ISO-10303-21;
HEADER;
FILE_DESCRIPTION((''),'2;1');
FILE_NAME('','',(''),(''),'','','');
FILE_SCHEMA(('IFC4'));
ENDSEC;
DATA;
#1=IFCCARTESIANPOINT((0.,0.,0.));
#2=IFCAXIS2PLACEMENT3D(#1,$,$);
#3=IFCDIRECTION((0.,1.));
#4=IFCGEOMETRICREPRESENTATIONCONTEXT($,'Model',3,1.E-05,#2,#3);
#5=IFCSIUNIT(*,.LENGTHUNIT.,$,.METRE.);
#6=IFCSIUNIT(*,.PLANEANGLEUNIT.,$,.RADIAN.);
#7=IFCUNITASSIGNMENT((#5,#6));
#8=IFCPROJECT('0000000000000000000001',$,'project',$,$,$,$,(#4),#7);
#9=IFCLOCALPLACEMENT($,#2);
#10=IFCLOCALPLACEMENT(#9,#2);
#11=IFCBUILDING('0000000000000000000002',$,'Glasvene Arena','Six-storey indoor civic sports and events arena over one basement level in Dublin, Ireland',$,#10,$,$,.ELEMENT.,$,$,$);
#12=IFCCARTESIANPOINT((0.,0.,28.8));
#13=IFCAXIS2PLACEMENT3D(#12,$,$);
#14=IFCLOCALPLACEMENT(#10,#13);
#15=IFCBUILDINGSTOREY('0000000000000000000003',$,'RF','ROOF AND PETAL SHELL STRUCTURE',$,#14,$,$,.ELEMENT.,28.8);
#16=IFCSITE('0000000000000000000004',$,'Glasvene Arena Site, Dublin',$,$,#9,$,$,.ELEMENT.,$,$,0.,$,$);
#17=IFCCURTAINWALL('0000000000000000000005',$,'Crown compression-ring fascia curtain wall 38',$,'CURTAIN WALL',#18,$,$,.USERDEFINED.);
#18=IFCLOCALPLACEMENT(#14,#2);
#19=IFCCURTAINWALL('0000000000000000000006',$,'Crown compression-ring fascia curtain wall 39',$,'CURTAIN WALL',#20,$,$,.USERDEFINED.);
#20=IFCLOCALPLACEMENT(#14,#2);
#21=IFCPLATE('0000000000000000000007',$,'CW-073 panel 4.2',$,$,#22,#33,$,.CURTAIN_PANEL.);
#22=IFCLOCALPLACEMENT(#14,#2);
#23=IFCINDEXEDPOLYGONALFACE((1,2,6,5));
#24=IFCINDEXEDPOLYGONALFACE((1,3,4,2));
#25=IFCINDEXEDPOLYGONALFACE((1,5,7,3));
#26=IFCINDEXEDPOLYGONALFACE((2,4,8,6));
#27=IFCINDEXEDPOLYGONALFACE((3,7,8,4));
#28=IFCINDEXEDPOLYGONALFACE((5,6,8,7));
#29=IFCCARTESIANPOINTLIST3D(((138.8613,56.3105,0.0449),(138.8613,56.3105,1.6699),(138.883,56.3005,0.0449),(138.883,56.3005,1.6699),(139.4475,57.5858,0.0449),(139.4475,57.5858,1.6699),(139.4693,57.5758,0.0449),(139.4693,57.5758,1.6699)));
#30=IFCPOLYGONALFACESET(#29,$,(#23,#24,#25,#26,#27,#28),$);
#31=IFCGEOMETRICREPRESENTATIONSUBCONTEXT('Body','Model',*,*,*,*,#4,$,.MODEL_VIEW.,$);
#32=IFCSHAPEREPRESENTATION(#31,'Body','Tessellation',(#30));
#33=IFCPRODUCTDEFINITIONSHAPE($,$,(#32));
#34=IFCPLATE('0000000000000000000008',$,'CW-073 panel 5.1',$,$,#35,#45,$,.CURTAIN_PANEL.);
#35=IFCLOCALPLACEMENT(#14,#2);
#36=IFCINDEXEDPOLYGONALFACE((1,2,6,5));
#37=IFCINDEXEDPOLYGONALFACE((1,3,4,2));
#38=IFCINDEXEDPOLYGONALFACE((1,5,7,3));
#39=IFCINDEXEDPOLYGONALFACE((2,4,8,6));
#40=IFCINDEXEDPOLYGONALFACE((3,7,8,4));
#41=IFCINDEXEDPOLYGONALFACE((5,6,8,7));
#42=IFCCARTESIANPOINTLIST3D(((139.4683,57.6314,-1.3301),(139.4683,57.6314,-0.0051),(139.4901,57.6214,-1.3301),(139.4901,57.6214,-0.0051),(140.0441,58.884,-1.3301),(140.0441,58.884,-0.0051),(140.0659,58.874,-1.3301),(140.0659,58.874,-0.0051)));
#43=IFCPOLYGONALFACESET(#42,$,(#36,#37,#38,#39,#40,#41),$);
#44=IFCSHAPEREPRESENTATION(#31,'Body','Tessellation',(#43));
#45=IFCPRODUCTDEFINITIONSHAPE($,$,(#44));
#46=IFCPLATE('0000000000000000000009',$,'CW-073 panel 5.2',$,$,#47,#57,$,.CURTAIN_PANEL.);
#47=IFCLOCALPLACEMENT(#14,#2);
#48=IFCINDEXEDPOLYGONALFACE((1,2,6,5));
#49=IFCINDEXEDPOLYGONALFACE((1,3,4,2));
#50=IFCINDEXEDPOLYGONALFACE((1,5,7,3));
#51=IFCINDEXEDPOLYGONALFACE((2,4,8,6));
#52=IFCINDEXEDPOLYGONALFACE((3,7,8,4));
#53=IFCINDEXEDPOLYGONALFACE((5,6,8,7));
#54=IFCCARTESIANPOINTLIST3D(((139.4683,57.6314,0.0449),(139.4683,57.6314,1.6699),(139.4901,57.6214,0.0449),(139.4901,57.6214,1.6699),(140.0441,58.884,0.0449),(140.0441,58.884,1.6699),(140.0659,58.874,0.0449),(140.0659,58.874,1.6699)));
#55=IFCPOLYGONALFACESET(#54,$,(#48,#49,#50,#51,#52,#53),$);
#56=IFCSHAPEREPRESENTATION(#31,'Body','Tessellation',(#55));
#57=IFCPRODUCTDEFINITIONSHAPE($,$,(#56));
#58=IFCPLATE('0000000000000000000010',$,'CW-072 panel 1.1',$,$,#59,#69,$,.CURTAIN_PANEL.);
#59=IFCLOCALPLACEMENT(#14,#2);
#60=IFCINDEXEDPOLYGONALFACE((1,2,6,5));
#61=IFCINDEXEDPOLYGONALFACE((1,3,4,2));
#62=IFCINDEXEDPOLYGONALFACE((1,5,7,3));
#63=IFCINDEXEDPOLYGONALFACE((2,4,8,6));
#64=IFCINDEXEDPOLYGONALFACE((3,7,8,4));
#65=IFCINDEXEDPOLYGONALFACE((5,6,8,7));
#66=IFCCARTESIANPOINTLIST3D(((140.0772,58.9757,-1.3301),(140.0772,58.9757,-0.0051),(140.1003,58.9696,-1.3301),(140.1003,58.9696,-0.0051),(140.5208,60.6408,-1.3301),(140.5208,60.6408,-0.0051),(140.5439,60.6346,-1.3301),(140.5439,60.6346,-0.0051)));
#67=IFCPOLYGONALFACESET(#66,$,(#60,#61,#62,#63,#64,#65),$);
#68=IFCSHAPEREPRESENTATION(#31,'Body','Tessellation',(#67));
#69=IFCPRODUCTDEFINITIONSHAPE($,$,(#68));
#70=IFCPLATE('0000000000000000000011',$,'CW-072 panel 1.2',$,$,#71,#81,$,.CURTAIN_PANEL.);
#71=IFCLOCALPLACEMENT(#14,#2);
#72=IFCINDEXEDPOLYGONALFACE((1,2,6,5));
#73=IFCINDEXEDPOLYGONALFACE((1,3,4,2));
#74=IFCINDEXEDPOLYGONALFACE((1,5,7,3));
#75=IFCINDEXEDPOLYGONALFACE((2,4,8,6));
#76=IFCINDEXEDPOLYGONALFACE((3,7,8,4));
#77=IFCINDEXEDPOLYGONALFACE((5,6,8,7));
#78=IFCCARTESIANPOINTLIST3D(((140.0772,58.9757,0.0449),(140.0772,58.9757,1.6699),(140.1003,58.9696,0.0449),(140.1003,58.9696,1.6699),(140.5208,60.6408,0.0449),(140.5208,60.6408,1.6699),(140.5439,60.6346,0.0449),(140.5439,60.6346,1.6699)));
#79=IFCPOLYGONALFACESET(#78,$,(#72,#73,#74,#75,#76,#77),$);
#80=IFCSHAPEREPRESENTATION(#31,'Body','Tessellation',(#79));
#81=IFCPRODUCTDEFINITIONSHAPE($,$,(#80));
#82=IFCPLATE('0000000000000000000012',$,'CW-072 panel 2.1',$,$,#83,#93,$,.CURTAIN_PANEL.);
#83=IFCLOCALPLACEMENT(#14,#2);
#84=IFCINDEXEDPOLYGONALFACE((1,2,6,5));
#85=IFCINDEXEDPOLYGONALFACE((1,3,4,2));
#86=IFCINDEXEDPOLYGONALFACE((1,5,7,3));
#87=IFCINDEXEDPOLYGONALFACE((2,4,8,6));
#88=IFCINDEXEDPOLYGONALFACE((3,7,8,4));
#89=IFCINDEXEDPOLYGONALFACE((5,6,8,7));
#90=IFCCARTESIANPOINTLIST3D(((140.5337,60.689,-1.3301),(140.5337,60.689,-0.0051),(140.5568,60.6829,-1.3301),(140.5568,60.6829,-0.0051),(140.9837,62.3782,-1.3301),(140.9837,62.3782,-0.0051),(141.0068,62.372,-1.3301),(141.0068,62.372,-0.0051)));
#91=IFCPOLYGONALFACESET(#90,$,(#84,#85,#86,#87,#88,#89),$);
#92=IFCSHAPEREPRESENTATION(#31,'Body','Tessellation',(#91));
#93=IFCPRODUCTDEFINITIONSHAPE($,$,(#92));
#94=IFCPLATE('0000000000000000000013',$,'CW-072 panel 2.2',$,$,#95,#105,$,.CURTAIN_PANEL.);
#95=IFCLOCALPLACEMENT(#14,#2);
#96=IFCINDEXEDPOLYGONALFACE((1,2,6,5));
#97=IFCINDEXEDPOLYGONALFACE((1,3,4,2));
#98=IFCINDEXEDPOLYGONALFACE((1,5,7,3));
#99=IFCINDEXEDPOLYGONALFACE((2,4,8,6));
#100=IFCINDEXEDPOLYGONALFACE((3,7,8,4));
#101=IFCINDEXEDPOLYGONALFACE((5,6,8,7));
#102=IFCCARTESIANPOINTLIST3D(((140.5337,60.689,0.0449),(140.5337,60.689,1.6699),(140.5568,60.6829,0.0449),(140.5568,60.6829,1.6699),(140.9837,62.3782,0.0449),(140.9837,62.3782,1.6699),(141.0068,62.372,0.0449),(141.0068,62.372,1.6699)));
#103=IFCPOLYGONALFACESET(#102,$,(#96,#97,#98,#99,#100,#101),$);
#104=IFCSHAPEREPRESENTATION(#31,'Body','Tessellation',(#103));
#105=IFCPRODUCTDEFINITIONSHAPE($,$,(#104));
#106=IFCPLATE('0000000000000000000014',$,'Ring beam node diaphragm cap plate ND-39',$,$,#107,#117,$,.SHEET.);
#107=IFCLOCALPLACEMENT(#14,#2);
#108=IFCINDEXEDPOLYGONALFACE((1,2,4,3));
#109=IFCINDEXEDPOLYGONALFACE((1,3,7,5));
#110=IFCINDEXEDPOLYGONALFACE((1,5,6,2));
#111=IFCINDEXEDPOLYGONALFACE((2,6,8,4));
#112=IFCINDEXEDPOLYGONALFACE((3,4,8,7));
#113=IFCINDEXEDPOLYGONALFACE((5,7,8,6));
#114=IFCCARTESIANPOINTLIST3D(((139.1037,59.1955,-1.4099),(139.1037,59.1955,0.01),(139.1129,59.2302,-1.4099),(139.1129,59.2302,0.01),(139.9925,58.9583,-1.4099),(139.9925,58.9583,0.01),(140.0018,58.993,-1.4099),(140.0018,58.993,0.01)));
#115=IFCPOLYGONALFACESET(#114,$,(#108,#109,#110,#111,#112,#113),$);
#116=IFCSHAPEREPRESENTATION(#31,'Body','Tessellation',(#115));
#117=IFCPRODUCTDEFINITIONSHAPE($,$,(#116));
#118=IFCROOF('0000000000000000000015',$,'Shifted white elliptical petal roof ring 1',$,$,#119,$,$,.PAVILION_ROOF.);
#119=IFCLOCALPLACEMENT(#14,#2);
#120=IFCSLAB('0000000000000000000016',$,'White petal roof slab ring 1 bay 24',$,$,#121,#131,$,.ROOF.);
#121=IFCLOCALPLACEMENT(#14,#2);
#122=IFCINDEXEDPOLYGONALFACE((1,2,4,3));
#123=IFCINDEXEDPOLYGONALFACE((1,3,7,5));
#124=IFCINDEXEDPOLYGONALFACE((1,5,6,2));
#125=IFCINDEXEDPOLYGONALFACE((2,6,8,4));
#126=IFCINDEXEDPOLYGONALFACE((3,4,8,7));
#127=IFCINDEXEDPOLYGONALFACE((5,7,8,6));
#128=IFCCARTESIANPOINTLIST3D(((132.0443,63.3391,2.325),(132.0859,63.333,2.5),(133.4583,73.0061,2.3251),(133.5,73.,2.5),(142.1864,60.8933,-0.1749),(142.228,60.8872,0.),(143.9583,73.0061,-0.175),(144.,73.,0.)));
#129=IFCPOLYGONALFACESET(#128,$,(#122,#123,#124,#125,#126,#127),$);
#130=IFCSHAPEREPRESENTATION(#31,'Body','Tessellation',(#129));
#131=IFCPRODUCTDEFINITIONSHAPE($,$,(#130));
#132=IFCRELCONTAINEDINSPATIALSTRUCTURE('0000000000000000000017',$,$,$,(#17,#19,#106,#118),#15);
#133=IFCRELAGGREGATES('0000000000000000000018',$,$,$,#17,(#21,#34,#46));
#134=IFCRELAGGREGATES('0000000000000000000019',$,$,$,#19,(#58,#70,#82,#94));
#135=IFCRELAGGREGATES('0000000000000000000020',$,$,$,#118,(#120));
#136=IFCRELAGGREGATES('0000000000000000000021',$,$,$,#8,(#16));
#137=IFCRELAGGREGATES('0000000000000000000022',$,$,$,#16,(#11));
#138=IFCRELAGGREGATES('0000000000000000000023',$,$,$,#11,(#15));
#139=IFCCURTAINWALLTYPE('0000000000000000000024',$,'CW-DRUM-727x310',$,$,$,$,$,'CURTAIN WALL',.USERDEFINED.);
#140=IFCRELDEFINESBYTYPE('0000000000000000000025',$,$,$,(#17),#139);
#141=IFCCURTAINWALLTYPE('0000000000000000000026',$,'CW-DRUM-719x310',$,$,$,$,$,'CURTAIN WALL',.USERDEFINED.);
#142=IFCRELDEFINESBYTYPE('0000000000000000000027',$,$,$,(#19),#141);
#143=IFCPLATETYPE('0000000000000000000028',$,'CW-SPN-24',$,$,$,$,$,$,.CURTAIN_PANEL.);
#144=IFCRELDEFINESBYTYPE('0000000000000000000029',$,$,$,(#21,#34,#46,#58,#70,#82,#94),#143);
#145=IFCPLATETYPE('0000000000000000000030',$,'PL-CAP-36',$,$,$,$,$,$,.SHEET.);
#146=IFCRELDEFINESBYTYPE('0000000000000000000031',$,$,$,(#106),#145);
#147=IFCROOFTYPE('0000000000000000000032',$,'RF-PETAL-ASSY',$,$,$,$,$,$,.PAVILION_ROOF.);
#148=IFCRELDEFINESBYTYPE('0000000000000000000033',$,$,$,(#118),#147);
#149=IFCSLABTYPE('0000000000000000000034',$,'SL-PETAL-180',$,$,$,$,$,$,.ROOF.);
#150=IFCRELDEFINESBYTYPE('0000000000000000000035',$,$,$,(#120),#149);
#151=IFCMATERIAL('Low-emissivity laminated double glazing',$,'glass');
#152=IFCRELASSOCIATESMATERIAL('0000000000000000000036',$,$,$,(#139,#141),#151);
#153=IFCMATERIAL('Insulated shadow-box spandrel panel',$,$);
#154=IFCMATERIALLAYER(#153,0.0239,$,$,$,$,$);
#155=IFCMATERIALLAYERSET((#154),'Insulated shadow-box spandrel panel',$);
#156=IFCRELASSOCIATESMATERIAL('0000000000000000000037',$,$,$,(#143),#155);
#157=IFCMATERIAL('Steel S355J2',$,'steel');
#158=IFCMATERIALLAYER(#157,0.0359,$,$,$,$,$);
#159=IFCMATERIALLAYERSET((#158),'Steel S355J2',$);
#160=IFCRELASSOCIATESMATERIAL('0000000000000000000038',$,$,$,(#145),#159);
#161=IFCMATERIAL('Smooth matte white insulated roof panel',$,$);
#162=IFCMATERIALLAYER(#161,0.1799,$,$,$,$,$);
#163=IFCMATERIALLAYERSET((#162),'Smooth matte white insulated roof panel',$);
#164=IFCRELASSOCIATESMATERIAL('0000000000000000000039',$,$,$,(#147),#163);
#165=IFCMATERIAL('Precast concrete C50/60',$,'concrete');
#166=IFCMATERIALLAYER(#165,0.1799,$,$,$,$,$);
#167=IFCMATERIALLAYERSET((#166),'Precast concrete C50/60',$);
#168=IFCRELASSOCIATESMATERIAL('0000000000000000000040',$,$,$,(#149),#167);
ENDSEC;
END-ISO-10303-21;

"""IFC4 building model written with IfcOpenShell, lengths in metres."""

from ifc_helpers import new_model, si_unit, direction, frame, origin, origin_2d, place, context, subcontext, project, spatial, polyline, rectangle, outline, extrude, material, layer, layer_set, type_object, element, aggregate, save


model = new_model("IFC4")

# Units and contexts
model_context = context("Model", 3, precision=1e-05, world=origin(), true_north=direction((0.0, 1.0)))
body_context = subcontext(model_context, "Body", "Model", "MODEL_VIEW")
ifc_project = project(units=[si_unit("LENGTHUNIT", "METRE"), si_unit("PLANEANGLEUNIT", "RADIAN")], contexts=[model_context])

# Site, building, storey
site_placement = place(None, origin())
site = spatial("IfcSite", under=ifc_project, at=site_placement, Name="Glasvene Arena Site, Dublin", CompositionType="ELEMENT", RefElevation=0.0)
building_placement = place(site_placement, origin())
building = spatial("IfcBuilding", under=site, at=building_placement, Name="Glasvene Arena", Description="Six-storey indoor civic sports and events arena over one basement level in Dublin, Ireland", CompositionType="ELEMENT")
storey_placement = place(building_placement, frame((0.0, 0.0, 28.8)))
storey = spatial("IfcBuildingStorey", under=building, at=storey_placement, Name="RF", Description="ROOF AND PETAL SHELL STRUCTURE", CompositionType="ELEMENT", Elevation=28.8)

# Shared definitions
ifc_material_1 = material(Name="Steel S355J2", Category="steel")

# Curtain walls
ifc_material_2 = material(Name="Low-emissivity laminated double glazing", Category="glass")
curtain_wall_type_1 = type_object("IfcCurtainWallType", Name="CW-DRUM-727x310", ElementType="CURTAIN WALL", PredefinedType="USERDEFINED", material=ifc_material_2)
curtain_wall_1_placement = place(storey_placement, frame((137.0403, 52.3208, 0.0)))
curtain_wall_1 = element("IfcCurtainWall", 1, at=curtain_wall_1_placement, inside=storey, type_object=curtain_wall_type_1, Name="Crown compression-ring fascia curtain wall 38", ObjectType="CURTAIN WALL", PredefinedType="USERDEFINED")
curtain_wall_type_2 = type_object("IfcCurtainWallType", Name="CW-DRUM-719x310", ElementType="CURTAIN WALL", PredefinedType="USERDEFINED", material=ifc_material_2)
curtain_wall_2_placement = place(storey_placement, frame((140.0759, 58.9243, 0.0)))
curtain_wall_2 = element("IfcCurtainWall", 2, at=curtain_wall_2_placement, inside=storey, type_object=curtain_wall_type_2, Name="Crown compression-ring fascia curtain wall 39", ObjectType="CURTAIN WALL", PredefinedType="USERDEFINED")

# Plates
ifc_material_3 = material(Name="Insulated shadow-box spandrel panel")
ifc_layer_1 = layer(ifc_material_3, 0.0239)
ifc_layer_set_1 = layer_set([ifc_layer_1], Name="Insulated shadow-box spandrel panel")
plate_type_1 = type_object("IfcPlateType", Name="CW-SPN-24", PredefinedType="CURTAIN_PANEL", material=ifc_layer_set_1)
plate_1_placement = place(storey_placement, frame((139.1653, 56.9431, 0.0449), z_axis=(0.0, 0.0, 1.0), x_axis=(0.417661, 0.908603, 0.0)))
plate_1 = element("IfcPlate", 3, at=plate_1_placement, type_object=plate_type_1, Name="CW-073 panel 4.2", PredefinedType="CURTAIN_PANEL", context=body_context, shape_type="SweptSolid", body=[
    extrude(rectangle(XDim=1.4036, YDim=0.0239, at=origin_2d()), origin(), (0.0, 0.0, 1.0), 1.625),
])
plate_2_placement = place(storey_placement, frame((139.7671, 58.2527, -1.3301), z_axis=(0.0, 0.0, 1.0), x_axis=(0.417661, 0.908603, 0.0)))
plate_2 = element("IfcPlate", 4, at=plate_2_placement, type_object=plate_type_1, Name="CW-073 panel 5.1", PredefinedType="CURTAIN_PANEL", context=body_context, shape_type="SweptSolid", body=[
    extrude(rectangle(XDim=1.3787, YDim=0.0239, at=origin_2d()), origin(), (0.0, 0.0, 1.0), 1.325),
])
plate_3_placement = place(storey_placement, frame((139.7671, 58.2527, 0.0449), z_axis=(0.0, 0.0, 1.0), x_axis=(0.417661, 0.908603, 0.0)))
plate_3 = element("IfcPlate", 5, at=plate_3_placement, type_object=plate_type_1, Name="CW-073 panel 5.2", PredefinedType="CURTAIN_PANEL", context=body_context, shape_type="SweptSolid", body=[
    extrude(rectangle(XDim=1.3787, YDim=0.0239, at=origin_2d()), origin(), (0.0, 0.0, 1.0), 1.625),
])
aggregate(curtain_wall_1, [plate_1, plate_2, plate_3])
plate_4_placement = place(storey_placement, frame((140.3105, 59.8052, -1.3301), z_axis=(0.0, 0.0, 1.0), x_axis=(0.257447, 0.966292, 0.0)))
plate_4 = element("IfcPlate", 6, at=plate_4_placement, type_object=plate_type_1, Name="CW-072 panel 1.1", PredefinedType="CURTAIN_PANEL", context=body_context, shape_type="SweptSolid", body=[
    extrude(rectangle(XDim=1.7231, YDim=0.0239, at=origin_2d()), origin(), (0.0, 0.0, 1.0), 1.325),
])
plate_5_placement = place(storey_placement, frame((140.3105, 59.8052, 0.0449), z_axis=(0.0, 0.0, 1.0), x_axis=(0.257447, 0.966292, 0.0)))
plate_5 = element("IfcPlate", 7, at=plate_5_placement, type_object=plate_type_1, Name="CW-072 panel 1.2", PredefinedType="CURTAIN_PANEL", context=body_context, shape_type="SweptSolid", body=[
    extrude(rectangle(XDim=1.7231, YDim=0.0239, at=origin_2d()), origin(), (0.0, 0.0, 1.0), 1.625),
])
plate_6_placement = place(storey_placement, frame((140.7703, 61.5305, -1.3301), z_axis=(0.0, 0.0, 1.0), x_axis=(0.257447, 0.966292, 0.0)))
plate_6 = element("IfcPlate", 8, at=plate_6_placement, type_object=plate_type_1, Name="CW-072 panel 2.1", PredefinedType="CURTAIN_PANEL", context=body_context, shape_type="SweptSolid", body=[
    extrude(rectangle(XDim=1.748, YDim=0.0239, at=origin_2d()), origin(), (0.0, 0.0, 1.0), 1.325),
])
plate_7_placement = place(storey_placement, frame((140.7703, 61.5305, 0.0449), z_axis=(0.0, 0.0, 1.0), x_axis=(0.257447, 0.966292, 0.0)))
plate_7 = element("IfcPlate", 9, at=plate_7_placement, type_object=plate_type_1, Name="CW-072 panel 2.2", PredefinedType="CURTAIN_PANEL", context=body_context, shape_type="SweptSolid", body=[
    extrude(rectangle(XDim=1.748, YDim=0.0239, at=origin_2d()), origin(), (0.0, 0.0, 1.0), 1.625),
])
aggregate(curtain_wall_2, [plate_4, plate_5, plate_6, plate_7])
ifc_layer_2 = layer(ifc_material_1, 0.0359)
ifc_layer_set_2 = layer_set([ifc_layer_2], Name="Steel S355J2")
plate_type_2 = type_object("IfcPlateType", Name="PL-CAP-36", PredefinedType="SHEET", material=ifc_layer_set_2)
plate_8_placement = place(storey_placement, frame((139.5527, 59.0942, -1.4099), z_axis=(0.0, 0.0, 1.0), x_axis=(0.257807, 0.966196, 0.0)))
element("IfcPlate", 10, at=plate_8_placement, inside=storey, type_object=plate_type_2, Name="Ring beam node diaphragm cap plate ND-39", PredefinedType="SHEET", context=body_context, shape_type="SweptSolid", body=[
    extrude(rectangle(XDim=0.0359, YDim=0.9199, at=origin_2d()), origin(), (0.0, 0.0, 1.0), 1.4199),
])

# Roof, slab
ifc_material_4 = material(Name="Smooth matte white insulated roof panel")
ifc_layer_3 = layer(ifc_material_4, 0.1799)
ifc_layer_set_3 = layer_set([ifc_layer_3], Name="Smooth matte white insulated roof panel")
roof_type = type_object("IfcRoofType", Name="RF-PETAL-ASSY", PredefinedType="PAVILION_ROOF", material=ifc_layer_set_3)
roof_placement = place(storey_placement, frame((92.0, 73.0, 0.0)))
roof = element("IfcRoof", 11, at=roof_placement, inside=storey, type_object=roof_type, Name="Shifted white elliptical petal roof ring 1", PredefinedType="PAVILION_ROOF")
ifc_material_5 = material(Name="Precast concrete C50/60", Category="concrete")
ifc_layer_4 = layer(ifc_material_5, 0.1799)
ifc_layer_set_4 = layer_set([ifc_layer_4], Name="Precast concrete C50/60")
slab_type = type_object("IfcSlabType", Name="SL-PETAL-180", PredefinedType="ROOF", material=ifc_layer_set_4)
slab_placement = place(storey_placement, frame((142.228, 60.8872, 0.0), z_axis=(0.231489, -0.033863, 0.972248), x_axis=(0.144748, 0.989468, -0.000001)))
slab = element("IfcSlab", 12, at=slab_placement, type_object=slab_type, Name="White petal roof slab ring 1 bay 24", PredefinedType="ROOF", context=body_context, shape_type="SweptSolid", body=[
    extrude(outline(polyline([(0.0, 0.0), (12.2417, 0.0), (10.7219, 10.686), (0.952, 10.6859), (0.0, 0.0)])), origin(), (0.0, 0.0, -1.0), 0.1799),
])
aggregate(roof, [slab])

save(model, "model.ifc")
